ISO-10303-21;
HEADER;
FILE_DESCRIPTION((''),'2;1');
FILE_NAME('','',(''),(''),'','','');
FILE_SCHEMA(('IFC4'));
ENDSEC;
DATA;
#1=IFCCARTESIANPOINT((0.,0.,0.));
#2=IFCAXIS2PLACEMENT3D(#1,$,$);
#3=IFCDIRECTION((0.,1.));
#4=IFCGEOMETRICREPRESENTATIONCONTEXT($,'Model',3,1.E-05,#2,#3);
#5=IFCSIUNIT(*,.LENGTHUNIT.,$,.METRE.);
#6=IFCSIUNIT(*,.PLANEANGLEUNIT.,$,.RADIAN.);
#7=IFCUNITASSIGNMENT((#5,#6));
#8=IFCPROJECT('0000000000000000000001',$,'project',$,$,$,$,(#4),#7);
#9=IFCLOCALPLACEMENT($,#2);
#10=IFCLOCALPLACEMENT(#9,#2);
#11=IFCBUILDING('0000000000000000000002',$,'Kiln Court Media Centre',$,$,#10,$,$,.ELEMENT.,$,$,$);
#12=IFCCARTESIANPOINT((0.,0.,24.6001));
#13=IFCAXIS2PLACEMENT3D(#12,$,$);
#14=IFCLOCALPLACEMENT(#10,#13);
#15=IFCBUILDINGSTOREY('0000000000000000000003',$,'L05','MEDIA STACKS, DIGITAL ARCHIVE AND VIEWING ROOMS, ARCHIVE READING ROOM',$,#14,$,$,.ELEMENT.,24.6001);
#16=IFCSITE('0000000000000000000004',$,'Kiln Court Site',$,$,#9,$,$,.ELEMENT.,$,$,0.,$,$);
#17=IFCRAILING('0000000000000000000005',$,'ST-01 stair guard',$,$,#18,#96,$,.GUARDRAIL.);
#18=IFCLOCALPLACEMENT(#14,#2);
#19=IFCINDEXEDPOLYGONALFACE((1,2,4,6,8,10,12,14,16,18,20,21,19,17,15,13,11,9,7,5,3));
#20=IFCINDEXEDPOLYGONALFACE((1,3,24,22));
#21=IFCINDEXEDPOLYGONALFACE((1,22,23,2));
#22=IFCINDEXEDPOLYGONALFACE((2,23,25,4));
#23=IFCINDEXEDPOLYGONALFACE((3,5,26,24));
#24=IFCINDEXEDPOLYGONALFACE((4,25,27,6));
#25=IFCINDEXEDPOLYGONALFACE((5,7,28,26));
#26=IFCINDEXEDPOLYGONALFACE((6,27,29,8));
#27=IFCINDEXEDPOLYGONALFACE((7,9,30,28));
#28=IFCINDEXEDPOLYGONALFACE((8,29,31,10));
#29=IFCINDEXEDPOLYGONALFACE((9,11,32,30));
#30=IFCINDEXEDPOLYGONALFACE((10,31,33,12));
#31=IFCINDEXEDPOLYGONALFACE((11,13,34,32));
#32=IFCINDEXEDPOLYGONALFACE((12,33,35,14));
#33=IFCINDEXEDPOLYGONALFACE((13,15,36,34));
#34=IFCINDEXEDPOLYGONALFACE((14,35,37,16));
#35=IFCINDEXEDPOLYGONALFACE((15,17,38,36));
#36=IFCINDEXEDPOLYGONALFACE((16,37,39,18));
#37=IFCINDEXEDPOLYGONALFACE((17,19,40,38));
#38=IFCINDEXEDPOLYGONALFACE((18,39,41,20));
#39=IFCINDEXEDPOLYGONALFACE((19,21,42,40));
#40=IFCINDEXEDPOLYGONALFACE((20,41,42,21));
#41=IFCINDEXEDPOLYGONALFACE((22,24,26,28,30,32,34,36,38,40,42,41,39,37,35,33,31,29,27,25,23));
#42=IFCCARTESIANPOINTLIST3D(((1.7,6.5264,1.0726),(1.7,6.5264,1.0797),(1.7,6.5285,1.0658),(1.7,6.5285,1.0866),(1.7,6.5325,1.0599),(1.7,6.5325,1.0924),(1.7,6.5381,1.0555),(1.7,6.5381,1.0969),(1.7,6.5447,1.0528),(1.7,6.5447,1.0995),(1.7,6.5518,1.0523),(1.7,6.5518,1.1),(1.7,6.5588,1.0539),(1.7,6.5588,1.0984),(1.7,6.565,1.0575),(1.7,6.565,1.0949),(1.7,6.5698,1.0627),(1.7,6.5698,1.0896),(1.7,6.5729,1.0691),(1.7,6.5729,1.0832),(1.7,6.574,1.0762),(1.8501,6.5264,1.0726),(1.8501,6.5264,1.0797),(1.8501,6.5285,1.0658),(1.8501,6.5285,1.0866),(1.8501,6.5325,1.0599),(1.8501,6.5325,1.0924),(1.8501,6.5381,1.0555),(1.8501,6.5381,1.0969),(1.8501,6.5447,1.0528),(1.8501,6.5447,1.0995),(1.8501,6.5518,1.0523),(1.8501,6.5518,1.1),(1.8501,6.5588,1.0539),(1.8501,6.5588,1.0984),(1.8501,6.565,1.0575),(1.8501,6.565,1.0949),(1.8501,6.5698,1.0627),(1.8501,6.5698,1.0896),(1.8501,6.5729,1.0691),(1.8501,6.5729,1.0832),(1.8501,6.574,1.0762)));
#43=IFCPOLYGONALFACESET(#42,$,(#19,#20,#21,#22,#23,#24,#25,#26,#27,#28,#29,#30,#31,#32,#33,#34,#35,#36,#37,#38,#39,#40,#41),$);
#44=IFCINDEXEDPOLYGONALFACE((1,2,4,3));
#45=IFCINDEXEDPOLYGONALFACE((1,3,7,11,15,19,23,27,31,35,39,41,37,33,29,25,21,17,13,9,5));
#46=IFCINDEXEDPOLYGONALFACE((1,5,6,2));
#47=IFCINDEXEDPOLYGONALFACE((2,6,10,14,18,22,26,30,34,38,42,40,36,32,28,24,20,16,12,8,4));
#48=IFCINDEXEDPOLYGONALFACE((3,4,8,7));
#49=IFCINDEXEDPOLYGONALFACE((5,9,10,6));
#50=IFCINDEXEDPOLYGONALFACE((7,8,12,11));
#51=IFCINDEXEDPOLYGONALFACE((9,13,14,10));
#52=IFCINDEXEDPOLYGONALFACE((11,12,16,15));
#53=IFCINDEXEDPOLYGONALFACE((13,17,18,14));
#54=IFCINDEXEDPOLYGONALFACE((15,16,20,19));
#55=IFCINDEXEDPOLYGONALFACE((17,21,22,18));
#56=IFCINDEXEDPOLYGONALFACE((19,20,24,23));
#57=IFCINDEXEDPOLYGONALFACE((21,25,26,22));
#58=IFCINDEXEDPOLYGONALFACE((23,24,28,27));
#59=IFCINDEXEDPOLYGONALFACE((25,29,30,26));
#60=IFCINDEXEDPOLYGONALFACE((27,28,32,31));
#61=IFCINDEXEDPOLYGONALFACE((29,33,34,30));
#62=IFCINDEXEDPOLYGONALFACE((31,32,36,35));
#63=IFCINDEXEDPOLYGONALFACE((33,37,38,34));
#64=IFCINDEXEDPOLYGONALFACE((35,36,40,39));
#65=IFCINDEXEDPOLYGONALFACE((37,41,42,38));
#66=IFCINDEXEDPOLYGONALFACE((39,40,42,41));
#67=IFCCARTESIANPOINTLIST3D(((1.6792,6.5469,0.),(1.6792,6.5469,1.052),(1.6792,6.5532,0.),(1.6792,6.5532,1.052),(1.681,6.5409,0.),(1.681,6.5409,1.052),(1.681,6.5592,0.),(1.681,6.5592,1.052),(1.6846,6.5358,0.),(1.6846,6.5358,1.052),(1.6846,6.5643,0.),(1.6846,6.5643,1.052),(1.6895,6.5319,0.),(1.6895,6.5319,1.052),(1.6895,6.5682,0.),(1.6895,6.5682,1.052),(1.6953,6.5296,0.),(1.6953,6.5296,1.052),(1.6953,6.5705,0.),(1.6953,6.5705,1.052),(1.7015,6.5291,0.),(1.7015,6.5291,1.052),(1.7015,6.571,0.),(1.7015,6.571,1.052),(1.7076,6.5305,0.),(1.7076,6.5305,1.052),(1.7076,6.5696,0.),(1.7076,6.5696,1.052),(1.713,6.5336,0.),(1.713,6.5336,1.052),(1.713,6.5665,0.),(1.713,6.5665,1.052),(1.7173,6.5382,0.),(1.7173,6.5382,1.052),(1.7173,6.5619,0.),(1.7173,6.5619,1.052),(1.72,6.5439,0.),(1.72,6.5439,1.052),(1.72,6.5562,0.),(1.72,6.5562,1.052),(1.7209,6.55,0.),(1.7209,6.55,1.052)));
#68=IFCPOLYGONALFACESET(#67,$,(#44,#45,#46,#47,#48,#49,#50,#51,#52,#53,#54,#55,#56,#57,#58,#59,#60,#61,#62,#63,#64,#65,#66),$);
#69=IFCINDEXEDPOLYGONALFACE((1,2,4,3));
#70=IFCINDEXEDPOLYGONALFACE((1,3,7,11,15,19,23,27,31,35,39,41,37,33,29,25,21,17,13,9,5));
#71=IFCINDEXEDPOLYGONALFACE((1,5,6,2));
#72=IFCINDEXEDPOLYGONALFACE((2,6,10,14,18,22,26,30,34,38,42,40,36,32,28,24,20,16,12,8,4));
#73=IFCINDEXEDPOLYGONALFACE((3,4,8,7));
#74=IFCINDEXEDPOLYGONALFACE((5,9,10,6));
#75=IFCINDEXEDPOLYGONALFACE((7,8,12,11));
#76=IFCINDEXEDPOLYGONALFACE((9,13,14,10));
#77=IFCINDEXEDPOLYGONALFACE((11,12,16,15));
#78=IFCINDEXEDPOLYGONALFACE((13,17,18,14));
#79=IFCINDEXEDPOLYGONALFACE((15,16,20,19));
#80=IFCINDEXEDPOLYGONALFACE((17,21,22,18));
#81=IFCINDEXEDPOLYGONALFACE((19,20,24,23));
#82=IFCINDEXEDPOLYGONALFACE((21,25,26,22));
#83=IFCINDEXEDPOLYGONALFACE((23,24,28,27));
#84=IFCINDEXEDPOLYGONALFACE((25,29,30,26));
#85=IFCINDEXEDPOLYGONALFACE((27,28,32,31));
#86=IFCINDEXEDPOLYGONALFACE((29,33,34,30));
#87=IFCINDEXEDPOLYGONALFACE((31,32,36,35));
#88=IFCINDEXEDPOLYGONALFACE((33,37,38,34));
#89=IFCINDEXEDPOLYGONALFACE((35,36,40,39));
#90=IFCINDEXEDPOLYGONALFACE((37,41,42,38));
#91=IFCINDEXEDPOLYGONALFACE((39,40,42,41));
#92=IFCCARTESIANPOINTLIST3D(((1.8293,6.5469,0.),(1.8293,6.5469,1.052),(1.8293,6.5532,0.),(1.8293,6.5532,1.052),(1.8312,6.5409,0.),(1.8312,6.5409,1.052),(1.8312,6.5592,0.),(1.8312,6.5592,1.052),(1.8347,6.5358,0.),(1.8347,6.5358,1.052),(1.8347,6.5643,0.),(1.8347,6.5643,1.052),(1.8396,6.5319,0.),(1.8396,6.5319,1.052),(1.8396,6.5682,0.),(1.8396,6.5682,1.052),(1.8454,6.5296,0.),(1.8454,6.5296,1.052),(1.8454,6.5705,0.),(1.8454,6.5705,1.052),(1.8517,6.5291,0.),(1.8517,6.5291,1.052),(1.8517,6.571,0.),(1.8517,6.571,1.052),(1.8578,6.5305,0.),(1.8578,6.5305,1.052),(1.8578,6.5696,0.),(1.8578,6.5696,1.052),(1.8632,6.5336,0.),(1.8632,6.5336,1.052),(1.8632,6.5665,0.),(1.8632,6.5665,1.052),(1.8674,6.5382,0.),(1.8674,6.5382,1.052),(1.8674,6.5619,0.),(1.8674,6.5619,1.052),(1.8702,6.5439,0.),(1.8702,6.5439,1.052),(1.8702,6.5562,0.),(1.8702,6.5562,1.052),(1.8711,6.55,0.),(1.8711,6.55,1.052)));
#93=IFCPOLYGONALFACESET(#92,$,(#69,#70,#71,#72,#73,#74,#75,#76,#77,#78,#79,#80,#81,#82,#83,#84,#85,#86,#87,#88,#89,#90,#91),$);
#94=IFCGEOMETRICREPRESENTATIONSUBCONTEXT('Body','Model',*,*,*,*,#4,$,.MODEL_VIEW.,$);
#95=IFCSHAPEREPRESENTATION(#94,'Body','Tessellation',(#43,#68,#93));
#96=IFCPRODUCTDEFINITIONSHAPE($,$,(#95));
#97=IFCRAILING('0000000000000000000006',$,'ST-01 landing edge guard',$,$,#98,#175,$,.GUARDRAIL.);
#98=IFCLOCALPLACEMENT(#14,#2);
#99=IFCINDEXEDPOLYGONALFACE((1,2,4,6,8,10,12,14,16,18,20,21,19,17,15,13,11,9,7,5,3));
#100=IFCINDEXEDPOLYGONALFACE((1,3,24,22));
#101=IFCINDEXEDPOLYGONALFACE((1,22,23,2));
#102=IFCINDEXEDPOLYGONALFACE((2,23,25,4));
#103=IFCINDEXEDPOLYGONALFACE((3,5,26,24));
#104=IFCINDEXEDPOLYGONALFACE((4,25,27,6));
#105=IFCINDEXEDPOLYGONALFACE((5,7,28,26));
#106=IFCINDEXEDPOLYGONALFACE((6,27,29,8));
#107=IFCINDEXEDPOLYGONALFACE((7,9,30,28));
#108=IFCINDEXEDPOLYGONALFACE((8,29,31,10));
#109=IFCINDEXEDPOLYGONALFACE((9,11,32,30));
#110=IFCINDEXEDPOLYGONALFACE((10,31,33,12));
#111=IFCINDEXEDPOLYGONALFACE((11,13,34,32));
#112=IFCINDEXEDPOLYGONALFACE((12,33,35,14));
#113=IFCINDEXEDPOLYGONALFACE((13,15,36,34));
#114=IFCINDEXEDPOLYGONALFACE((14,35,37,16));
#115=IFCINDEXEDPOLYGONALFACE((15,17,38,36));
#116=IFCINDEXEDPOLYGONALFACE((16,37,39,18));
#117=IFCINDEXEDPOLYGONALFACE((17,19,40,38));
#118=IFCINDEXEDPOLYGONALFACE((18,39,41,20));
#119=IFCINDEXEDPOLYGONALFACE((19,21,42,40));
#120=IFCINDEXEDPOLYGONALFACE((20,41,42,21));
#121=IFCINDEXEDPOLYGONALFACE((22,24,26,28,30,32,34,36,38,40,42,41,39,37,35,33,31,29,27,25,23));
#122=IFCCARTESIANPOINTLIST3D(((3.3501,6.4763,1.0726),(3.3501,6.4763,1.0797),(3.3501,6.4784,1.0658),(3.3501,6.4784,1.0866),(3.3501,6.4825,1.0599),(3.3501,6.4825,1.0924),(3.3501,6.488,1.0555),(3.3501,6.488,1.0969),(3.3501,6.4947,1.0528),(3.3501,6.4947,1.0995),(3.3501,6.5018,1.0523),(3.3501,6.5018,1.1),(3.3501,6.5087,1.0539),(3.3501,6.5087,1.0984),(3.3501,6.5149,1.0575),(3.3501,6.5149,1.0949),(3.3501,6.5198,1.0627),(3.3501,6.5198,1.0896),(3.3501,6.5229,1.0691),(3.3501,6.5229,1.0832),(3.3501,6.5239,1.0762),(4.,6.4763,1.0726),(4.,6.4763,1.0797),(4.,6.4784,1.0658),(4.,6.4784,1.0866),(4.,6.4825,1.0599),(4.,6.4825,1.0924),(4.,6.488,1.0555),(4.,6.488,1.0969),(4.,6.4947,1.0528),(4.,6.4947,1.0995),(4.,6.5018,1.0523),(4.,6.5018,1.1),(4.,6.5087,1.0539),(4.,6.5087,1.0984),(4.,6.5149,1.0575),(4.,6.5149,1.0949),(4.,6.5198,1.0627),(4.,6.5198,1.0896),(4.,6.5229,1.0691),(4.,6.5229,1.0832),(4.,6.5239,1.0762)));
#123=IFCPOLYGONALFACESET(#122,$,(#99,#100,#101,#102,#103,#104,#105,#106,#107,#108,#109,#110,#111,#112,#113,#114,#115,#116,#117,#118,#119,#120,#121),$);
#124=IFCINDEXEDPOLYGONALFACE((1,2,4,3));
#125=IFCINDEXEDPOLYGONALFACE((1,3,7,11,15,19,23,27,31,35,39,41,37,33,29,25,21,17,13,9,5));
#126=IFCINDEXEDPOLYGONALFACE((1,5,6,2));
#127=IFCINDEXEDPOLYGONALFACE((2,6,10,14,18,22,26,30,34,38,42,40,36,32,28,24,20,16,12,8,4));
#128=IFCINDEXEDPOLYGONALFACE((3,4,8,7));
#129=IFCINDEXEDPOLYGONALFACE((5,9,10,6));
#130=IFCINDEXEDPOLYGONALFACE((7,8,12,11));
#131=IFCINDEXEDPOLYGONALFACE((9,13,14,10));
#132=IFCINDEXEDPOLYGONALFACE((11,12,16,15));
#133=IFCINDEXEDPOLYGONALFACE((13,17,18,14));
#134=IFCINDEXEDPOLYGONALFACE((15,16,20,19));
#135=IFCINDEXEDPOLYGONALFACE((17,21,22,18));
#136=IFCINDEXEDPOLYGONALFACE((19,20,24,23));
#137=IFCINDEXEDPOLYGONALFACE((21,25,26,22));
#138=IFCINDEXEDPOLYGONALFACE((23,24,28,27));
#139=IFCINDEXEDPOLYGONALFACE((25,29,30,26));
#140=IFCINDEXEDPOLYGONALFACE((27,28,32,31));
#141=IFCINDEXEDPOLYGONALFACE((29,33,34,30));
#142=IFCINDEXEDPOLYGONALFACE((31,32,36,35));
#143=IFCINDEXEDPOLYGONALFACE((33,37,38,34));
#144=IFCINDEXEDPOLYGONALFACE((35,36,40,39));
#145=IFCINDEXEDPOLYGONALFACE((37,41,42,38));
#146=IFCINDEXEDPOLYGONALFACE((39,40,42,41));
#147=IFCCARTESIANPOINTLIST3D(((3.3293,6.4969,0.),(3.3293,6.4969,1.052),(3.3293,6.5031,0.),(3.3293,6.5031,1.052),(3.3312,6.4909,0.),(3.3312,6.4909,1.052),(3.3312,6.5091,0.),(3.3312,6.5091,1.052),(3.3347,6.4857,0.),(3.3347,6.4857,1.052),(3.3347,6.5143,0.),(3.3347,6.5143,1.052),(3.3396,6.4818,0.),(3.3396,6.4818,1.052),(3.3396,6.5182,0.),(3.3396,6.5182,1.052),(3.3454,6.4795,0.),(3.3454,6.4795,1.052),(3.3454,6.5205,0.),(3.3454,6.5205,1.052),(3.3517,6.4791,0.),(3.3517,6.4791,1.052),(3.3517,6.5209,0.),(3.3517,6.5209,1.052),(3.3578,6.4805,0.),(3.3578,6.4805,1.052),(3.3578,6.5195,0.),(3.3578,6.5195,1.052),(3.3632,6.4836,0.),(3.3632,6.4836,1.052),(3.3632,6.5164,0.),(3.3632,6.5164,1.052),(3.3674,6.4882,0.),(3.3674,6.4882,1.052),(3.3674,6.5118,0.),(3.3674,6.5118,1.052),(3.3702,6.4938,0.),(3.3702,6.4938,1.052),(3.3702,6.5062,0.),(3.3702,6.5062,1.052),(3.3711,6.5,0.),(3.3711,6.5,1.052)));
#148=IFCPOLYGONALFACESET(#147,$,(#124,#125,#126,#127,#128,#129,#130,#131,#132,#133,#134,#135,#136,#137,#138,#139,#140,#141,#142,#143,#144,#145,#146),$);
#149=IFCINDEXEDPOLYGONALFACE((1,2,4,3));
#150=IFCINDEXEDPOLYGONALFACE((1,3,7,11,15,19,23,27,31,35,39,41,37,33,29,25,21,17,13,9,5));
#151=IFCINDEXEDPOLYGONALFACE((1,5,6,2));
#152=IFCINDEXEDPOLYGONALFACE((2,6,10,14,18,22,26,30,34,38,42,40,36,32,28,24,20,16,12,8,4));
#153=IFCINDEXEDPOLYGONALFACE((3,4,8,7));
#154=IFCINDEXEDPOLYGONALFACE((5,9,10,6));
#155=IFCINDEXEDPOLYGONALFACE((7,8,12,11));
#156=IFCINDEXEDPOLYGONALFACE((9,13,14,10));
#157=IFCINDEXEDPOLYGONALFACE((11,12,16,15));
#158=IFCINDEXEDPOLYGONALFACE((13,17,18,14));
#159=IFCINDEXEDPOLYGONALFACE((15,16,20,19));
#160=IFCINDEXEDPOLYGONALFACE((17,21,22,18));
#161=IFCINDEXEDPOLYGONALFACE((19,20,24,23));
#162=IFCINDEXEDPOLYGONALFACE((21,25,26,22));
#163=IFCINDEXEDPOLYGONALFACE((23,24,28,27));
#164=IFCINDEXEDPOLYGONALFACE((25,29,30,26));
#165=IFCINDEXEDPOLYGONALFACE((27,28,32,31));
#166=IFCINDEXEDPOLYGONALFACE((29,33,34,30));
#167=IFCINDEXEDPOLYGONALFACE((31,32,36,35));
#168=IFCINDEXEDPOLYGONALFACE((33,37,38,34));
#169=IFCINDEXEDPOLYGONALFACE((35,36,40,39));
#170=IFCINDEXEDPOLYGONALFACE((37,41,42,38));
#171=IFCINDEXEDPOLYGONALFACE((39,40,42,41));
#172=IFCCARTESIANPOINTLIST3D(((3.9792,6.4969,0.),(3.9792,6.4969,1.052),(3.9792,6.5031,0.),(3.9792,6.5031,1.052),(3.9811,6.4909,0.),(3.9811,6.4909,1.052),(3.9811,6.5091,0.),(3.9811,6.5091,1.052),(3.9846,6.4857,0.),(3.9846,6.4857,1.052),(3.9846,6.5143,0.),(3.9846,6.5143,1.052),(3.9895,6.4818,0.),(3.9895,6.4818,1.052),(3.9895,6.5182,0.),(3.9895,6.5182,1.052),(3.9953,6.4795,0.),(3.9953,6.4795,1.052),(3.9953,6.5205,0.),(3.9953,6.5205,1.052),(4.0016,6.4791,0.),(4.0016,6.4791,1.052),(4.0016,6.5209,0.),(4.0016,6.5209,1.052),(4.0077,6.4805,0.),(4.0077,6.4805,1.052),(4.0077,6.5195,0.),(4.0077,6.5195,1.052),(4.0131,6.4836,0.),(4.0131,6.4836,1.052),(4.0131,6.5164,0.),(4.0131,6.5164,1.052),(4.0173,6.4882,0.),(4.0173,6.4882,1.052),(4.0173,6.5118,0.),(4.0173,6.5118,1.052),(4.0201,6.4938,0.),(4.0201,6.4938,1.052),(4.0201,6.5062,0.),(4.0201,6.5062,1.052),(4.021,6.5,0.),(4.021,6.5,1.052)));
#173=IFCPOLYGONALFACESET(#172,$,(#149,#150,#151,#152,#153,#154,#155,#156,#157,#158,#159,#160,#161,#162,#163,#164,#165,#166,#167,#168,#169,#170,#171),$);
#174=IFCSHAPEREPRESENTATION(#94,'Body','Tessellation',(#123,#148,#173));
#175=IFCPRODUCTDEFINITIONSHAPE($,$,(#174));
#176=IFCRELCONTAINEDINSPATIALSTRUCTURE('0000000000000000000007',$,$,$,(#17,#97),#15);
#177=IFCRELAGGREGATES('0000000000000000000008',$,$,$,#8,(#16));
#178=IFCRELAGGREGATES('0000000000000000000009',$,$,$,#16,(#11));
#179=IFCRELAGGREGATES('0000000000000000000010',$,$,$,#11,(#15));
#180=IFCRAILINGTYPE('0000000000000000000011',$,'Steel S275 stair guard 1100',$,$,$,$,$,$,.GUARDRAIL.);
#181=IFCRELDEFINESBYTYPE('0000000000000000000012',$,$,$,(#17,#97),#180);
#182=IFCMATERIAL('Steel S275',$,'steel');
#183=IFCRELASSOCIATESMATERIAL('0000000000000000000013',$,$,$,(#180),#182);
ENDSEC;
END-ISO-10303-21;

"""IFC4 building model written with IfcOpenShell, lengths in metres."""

from ifc_helpers import new_model, si_unit, direction, frame, origin, origin_2d, place, context, subcontext, project, spatial, circle, extrude, material, type_object, element, save


model = new_model("IFC4")

# Units and contexts
model_context = context("Model", 3, precision=1e-05, world=origin(), true_north=direction((0.0, 1.0)))
body_context = subcontext(model_context, "Body", "Model", "MODEL_VIEW")
ifc_project = project(units=[si_unit("LENGTHUNIT", "METRE"), si_unit("PLANEANGLEUNIT", "RADIAN")], contexts=[model_context])

# Site, building, storey
site_placement = place(None, origin())
site = spatial("IfcSite", under=ifc_project, at=site_placement, Name="Kiln Court Site", CompositionType="ELEMENT", RefElevation=0.0)
building_placement = place(site_placement, origin())
building = spatial("IfcBuilding", under=site, at=building_placement, Name="Kiln Court Media Centre", CompositionType="ELEMENT")
storey_placement = place(building_placement, frame((0.0, 0.0, 24.6001)))
storey = spatial("IfcBuildingStorey", under=building, at=storey_placement, Name="L05", Description="MEDIA STACKS, DIGITAL ARCHIVE AND VIEWING ROOMS, ARCHIVE READING ROOM", CompositionType="ELEMENT", Elevation=24.6001)

# Railings
ifc_material_1 = material(Name="Steel S275", Category="steel")
railing_type = type_object("IfcRailingType", Name="Steel S275 stair guard 1100", PredefinedType="GUARDRAIL", material=ifc_material_1)
railing_1_placement = place(storey_placement, frame((1.7, 6.55, 0.0)))
element("IfcRailing", 1, at=railing_1_placement, inside=storey, type_object=railing_type, Name="ST-01 stair guard", PredefinedType="GUARDRAIL", context=body_context, shape_type="SweptSolid", body=[
    extrude(circle(Radius=0.0239, at=origin_2d()), frame((0.0, 0.0, 1.0762), z_axis=(1.0, 0.0, 0.0), x_axis=(0.0, 1.0, 0.0)), (0.0, 0.0, 1.0), 0.1501),
    extrude(circle(Radius=0.021, at=origin_2d()), origin(), (0.0, 0.0, 1.0), 1.052),
    extrude(circle(Radius=0.021, at=origin_2d()), frame((0.1501, 0.0, 0.0)), (0.0, 0.0, 1.0), 1.052),
])
railing_2_placement = place(storey_placement, frame((3.3501, 6.5, 0.0)))
element("IfcRailing", 2, at=railing_2_placement, inside=storey, type_object=railing_type, Name="ST-01 landing edge guard", PredefinedType="GUARDRAIL", context=body_context, shape_type="SweptSolid", body=[
    extrude(circle(Radius=0.0239, at=origin_2d()), frame((0.0, 0.0, 1.0762), z_axis=(1.0, 0.0, 0.0), x_axis=(0.0, 1.0, 0.0)), (0.0, 0.0, 1.0), 0.6499),
    extrude(circle(Radius=0.021, at=origin_2d()), origin(), (0.0, 0.0, 1.0), 1.052),
    extrude(circle(Radius=0.021, at=origin_2d()), frame((0.6499, 0.0, 0.0)), (0.0, 0.0, 1.0), 1.052),
])

save(model, "model.ifc")
